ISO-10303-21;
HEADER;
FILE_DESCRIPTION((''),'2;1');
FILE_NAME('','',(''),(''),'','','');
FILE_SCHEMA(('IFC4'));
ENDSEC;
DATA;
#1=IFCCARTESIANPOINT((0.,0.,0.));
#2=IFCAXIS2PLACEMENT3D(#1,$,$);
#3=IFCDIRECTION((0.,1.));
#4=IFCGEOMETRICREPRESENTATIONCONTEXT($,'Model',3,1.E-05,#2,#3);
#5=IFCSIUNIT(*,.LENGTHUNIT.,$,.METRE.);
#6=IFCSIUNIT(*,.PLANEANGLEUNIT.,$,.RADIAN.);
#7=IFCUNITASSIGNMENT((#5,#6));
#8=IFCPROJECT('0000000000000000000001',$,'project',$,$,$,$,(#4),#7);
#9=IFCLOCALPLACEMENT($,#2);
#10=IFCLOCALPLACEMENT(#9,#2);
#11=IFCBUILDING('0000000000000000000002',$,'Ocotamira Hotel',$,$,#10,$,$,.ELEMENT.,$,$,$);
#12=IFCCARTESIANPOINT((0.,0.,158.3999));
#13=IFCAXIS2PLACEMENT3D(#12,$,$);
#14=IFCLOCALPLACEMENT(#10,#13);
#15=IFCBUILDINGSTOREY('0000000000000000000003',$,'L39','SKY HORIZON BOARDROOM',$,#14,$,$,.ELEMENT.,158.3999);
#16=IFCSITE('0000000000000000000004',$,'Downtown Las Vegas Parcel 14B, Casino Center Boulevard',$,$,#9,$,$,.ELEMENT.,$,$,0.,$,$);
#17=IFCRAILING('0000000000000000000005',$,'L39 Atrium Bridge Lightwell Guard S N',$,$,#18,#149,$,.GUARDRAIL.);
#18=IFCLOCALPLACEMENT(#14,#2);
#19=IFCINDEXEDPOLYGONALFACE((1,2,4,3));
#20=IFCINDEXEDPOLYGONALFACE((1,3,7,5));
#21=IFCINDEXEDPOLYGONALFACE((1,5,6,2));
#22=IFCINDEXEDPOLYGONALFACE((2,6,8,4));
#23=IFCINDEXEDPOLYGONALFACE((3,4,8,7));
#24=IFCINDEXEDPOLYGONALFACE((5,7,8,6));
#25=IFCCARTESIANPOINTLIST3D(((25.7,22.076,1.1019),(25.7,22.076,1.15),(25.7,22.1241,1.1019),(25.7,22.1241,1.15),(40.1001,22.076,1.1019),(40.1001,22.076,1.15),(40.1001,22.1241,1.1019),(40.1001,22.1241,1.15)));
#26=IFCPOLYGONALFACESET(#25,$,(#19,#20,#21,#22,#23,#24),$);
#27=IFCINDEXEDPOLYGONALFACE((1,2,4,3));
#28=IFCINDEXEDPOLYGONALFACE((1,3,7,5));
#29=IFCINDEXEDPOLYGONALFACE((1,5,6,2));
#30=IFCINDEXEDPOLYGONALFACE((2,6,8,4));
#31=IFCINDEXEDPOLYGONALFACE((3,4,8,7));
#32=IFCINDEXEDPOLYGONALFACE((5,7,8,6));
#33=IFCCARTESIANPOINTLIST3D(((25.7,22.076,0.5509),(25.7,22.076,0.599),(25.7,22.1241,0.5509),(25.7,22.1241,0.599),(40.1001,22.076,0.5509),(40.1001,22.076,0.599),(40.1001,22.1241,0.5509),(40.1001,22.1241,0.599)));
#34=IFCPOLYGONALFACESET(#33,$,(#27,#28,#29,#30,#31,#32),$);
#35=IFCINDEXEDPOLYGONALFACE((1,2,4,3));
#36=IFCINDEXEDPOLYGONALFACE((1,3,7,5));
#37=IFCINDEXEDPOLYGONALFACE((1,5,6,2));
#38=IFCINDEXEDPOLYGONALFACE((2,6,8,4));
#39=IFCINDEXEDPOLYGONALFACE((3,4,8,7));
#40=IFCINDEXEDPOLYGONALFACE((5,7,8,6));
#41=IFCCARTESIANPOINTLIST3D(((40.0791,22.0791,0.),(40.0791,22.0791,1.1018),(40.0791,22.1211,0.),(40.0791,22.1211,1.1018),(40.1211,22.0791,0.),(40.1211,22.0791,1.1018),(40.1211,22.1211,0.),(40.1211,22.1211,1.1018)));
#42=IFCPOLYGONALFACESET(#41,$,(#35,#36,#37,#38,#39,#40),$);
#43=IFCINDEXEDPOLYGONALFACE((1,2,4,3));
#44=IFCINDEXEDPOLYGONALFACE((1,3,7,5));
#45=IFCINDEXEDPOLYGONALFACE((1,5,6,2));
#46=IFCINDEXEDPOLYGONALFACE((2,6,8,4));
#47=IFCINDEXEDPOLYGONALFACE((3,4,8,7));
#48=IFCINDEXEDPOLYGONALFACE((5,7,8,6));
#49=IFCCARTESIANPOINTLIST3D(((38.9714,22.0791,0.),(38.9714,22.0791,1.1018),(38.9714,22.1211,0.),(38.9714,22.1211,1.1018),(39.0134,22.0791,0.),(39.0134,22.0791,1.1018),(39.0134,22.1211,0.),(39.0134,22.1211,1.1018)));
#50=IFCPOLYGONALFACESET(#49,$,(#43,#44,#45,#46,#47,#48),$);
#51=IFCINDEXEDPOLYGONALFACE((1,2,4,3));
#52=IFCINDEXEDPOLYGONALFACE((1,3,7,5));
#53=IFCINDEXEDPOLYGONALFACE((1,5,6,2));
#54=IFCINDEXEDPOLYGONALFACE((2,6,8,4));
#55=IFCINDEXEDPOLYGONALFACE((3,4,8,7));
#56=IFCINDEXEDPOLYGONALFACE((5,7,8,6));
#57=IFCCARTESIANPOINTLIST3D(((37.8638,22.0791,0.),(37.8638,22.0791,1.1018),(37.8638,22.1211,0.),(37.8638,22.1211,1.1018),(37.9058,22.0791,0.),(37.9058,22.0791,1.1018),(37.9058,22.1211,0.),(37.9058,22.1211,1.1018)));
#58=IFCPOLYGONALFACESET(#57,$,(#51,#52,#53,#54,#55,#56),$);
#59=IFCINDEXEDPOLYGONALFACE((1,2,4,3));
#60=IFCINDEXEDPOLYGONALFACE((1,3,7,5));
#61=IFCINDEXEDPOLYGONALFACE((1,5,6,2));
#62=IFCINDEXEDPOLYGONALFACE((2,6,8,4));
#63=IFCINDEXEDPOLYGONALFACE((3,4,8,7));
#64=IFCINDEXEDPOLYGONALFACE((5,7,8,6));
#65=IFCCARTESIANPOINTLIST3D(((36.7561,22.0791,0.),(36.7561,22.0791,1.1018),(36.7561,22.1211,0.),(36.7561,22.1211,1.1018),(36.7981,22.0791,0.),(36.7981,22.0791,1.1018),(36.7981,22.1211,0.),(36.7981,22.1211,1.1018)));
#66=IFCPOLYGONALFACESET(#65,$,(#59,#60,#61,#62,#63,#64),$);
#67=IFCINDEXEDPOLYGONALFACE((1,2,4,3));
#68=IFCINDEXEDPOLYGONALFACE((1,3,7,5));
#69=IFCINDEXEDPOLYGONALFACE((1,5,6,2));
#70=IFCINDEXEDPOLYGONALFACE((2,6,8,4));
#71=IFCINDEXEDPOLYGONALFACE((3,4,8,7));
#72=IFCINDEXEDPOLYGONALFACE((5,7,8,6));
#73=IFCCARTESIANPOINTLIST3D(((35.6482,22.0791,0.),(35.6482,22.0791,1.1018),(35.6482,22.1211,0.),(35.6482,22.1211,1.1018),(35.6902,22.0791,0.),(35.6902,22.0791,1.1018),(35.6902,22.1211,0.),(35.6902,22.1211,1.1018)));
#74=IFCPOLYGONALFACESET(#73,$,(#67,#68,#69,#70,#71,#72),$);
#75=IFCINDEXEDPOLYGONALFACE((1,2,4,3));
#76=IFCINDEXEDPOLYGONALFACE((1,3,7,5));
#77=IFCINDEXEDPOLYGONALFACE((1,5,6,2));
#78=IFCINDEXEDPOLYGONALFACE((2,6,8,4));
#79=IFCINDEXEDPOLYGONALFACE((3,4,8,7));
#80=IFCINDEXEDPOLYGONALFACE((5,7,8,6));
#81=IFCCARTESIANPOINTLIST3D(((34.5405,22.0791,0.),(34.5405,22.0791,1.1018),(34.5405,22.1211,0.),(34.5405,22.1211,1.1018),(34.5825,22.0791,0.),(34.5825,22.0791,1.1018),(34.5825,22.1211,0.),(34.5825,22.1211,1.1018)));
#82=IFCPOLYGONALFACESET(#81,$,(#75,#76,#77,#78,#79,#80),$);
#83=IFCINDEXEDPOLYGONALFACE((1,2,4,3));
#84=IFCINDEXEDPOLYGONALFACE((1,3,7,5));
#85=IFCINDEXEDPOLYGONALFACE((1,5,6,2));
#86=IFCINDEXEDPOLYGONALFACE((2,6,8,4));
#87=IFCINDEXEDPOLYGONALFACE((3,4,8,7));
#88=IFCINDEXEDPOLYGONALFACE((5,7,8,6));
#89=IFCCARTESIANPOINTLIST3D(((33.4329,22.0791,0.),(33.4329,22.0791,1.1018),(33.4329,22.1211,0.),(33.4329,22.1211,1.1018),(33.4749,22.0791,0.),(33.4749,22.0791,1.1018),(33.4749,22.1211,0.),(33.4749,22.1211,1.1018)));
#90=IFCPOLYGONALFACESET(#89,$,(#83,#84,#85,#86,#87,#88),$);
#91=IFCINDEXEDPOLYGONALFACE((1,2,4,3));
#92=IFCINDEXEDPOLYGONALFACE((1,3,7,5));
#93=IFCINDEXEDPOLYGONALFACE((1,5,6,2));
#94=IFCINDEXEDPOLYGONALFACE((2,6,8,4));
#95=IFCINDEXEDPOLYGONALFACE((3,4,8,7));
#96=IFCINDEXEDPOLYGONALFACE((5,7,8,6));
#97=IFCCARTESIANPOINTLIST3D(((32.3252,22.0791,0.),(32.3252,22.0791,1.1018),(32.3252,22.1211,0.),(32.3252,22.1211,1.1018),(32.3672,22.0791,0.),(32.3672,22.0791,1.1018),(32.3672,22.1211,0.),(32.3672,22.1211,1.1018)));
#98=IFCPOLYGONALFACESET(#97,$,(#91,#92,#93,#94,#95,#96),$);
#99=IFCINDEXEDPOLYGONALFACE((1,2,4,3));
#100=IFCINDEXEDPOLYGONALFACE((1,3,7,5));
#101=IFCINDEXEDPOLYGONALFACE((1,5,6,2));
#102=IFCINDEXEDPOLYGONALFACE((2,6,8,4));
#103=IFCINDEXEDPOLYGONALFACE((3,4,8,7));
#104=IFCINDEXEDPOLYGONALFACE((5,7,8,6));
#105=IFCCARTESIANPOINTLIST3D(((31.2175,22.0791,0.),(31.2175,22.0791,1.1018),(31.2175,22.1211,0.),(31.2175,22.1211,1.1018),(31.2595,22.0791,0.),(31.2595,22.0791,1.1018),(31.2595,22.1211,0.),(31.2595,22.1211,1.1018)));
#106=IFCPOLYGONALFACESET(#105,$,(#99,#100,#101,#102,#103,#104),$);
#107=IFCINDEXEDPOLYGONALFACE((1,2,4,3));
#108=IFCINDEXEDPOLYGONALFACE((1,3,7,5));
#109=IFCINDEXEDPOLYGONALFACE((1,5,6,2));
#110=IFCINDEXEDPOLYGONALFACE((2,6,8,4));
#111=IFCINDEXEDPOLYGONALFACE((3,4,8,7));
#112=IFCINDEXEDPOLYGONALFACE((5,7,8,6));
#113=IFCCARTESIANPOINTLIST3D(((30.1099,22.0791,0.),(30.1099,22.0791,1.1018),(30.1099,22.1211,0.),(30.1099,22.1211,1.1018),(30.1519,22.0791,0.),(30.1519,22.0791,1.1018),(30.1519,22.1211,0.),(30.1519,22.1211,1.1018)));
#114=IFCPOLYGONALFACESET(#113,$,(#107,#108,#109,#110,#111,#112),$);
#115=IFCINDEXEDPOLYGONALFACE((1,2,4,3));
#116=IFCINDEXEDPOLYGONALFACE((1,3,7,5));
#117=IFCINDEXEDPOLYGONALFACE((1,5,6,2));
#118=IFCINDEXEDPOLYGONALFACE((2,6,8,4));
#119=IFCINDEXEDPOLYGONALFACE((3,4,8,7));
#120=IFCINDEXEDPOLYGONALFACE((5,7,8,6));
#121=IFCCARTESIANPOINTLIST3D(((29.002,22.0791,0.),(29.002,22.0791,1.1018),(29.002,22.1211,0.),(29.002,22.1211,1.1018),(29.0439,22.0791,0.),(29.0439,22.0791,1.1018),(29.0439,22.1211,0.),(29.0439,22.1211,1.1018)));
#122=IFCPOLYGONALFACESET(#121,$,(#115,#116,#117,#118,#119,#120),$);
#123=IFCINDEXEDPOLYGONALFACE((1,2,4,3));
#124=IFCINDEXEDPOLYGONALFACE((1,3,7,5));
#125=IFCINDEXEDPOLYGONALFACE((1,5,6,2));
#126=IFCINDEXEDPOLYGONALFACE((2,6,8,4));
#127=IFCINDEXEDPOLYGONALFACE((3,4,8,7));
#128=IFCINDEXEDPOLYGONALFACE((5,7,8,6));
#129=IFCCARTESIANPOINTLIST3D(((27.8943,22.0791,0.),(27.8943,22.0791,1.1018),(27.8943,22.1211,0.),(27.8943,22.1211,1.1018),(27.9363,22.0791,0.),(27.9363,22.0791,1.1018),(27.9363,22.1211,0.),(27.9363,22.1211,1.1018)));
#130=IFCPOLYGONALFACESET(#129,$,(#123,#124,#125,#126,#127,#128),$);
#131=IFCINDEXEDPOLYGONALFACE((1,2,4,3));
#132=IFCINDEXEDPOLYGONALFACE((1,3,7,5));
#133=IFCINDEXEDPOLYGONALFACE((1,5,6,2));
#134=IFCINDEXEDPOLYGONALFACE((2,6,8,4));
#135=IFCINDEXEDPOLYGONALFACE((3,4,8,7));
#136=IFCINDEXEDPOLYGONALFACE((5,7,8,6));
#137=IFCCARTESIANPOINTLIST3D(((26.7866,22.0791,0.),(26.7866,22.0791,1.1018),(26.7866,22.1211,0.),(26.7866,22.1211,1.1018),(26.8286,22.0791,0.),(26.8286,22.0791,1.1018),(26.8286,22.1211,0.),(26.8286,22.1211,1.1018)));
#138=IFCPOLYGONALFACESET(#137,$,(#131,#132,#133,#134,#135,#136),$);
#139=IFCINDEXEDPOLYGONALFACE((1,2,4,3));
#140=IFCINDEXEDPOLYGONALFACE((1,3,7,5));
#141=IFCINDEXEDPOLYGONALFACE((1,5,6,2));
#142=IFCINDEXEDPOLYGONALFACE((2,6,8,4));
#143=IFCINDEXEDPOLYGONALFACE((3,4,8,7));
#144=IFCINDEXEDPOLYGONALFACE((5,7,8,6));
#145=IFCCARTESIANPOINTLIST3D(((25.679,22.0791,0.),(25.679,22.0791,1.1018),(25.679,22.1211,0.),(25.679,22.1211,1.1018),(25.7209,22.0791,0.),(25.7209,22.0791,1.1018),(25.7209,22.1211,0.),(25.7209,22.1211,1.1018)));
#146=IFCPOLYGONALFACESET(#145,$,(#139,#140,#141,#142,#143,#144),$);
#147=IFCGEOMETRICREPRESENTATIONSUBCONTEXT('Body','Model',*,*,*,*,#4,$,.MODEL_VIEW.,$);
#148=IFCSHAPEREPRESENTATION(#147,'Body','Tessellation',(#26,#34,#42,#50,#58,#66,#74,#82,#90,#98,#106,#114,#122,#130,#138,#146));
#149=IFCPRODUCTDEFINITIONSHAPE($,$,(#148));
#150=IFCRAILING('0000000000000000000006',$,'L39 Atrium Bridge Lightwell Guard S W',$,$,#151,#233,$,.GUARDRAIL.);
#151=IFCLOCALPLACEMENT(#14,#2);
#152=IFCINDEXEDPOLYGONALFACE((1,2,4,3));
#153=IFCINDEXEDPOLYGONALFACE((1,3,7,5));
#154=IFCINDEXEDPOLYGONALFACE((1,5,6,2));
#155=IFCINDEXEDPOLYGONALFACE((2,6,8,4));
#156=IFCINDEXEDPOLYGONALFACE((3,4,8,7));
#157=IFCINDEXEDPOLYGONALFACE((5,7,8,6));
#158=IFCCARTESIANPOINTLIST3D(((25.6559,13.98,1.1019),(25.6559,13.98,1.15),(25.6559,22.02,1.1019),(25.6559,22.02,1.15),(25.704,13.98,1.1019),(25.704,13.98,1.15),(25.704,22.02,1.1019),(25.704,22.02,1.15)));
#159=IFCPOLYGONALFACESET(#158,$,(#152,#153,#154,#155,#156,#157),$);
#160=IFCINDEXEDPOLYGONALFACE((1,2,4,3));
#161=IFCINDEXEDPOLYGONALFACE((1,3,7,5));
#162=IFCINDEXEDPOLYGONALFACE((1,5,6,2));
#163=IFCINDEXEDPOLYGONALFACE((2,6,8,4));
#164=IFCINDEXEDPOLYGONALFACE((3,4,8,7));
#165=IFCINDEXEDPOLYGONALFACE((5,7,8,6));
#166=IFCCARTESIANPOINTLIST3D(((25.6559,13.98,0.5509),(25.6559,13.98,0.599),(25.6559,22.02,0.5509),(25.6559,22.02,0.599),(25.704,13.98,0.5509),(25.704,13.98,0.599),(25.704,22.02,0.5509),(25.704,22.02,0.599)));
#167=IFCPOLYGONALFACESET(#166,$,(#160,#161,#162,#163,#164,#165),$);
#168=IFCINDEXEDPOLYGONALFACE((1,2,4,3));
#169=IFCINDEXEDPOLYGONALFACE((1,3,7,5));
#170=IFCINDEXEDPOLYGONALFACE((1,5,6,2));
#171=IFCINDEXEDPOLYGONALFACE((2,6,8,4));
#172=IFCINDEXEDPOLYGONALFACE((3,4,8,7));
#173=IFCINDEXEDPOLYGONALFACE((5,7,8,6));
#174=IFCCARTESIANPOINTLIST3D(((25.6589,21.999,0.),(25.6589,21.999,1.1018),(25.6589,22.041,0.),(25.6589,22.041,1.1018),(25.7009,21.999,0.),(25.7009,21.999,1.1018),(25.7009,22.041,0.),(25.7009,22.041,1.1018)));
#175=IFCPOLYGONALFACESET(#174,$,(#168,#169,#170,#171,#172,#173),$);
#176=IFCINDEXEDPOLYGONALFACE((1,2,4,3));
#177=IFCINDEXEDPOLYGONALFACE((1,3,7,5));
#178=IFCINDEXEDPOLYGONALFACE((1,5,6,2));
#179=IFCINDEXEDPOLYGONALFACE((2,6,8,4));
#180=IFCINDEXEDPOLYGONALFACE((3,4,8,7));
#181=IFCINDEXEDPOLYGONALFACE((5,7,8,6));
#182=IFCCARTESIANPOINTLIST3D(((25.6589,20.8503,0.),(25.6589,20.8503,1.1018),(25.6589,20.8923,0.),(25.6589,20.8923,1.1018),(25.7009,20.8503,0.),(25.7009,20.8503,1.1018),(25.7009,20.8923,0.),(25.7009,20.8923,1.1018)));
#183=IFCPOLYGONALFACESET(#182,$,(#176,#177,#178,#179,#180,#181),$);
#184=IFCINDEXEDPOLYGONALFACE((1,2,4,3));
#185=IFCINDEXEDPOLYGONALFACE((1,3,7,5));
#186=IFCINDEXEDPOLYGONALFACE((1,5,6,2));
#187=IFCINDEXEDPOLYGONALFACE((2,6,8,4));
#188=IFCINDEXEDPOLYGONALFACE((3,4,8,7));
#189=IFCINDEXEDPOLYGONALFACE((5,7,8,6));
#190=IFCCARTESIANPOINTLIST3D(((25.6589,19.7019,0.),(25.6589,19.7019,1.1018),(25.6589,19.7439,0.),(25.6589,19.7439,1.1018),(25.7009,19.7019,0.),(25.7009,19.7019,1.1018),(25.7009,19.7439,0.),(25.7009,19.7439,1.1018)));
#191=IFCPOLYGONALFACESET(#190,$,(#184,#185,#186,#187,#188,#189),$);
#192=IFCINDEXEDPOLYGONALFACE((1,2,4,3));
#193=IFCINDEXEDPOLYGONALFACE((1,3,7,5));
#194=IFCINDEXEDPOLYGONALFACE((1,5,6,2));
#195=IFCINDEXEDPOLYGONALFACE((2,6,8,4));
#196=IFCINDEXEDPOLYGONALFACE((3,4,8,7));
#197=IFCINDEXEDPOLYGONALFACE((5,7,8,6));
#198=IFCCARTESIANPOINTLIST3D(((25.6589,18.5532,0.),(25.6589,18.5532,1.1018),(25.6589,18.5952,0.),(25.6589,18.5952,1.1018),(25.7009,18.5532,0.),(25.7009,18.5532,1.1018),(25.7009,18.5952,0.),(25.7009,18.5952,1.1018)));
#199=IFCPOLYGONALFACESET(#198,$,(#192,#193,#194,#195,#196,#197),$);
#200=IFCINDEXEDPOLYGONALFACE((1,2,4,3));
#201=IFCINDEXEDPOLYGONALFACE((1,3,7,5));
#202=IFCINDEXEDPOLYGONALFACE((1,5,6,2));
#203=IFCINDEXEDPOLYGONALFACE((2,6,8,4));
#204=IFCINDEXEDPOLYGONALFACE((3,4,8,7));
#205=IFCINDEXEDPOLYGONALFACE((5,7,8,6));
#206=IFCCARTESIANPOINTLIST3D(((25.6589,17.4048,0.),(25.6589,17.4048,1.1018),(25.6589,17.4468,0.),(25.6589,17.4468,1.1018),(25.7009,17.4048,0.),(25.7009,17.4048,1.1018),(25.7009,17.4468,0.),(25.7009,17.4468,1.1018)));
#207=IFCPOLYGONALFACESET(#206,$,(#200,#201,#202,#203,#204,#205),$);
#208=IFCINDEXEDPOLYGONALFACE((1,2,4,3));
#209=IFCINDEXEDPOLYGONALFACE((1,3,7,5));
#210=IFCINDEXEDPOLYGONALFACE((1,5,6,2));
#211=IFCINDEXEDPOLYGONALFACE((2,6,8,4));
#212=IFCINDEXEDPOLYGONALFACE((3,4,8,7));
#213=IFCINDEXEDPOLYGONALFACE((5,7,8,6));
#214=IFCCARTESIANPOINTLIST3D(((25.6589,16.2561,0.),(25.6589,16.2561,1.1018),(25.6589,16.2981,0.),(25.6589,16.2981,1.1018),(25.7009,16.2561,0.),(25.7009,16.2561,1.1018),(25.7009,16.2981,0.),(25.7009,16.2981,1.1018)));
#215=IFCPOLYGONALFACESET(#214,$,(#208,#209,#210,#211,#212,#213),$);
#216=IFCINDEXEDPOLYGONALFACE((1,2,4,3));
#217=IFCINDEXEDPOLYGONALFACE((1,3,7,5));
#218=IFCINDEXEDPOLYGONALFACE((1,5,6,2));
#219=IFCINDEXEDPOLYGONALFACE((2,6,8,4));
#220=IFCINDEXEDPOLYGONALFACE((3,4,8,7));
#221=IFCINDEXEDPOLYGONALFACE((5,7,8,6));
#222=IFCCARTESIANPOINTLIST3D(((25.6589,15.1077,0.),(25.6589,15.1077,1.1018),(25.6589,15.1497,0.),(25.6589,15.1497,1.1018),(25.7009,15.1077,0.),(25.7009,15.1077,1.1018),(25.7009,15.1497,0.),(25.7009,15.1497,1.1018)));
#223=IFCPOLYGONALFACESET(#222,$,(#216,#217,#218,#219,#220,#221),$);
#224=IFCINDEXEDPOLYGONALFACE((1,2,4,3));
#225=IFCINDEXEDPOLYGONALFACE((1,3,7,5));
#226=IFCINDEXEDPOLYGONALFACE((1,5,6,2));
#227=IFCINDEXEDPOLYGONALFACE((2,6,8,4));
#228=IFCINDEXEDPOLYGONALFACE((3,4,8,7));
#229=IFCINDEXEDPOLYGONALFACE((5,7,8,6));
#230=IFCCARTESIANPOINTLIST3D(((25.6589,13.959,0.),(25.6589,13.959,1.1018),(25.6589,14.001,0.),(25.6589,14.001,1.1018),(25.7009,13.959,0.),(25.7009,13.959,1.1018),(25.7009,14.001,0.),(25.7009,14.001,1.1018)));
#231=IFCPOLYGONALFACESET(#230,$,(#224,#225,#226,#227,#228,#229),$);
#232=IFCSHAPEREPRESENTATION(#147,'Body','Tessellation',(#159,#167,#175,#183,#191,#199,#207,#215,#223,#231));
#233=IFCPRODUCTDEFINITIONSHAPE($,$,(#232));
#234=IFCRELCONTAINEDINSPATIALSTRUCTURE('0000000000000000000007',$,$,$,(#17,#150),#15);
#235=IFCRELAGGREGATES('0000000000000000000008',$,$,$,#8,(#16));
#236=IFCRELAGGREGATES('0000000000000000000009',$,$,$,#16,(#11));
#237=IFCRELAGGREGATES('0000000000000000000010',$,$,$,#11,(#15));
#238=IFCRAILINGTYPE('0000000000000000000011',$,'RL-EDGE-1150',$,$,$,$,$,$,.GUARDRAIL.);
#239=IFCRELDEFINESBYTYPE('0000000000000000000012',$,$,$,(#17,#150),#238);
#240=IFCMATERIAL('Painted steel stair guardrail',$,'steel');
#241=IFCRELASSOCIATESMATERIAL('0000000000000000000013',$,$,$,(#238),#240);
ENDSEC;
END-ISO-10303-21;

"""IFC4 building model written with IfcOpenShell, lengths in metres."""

from ifc_helpers import new_model, si_unit, direction, frame, origin, origin_2d, place, context, subcontext, project, spatial, rectangle, extrude, material, type_object, element, save


model = new_model("IFC4")

# Units and contexts
model_context = context("Model", 3, precision=1e-05, world=origin(), true_north=direction((0.0, 1.0)))
body_context = subcontext(model_context, "Body", "Model", "MODEL_VIEW")
ifc_project = project(units=[si_unit("LENGTHUNIT", "METRE"), si_unit("PLANEANGLEUNIT", "RADIAN")], contexts=[model_context])

# Site, building, storey
site_placement = place(None, origin())
site = spatial("IfcSite", under=ifc_project, at=site_placement, Name="Downtown Las Vegas Parcel 14B, Casino Center Boulevard", CompositionType="ELEMENT", RefElevation=0.0)
building_placement = place(site_placement, origin())
building = spatial("IfcBuilding", under=site, at=building_placement, Name="Ocotamira Hotel", CompositionType="ELEMENT")
storey_placement = place(building_placement, frame((0.0, 0.0, 158.3999)))
storey = spatial("IfcBuildingStorey", under=building, at=storey_placement, Name="L39", Description="SKY HORIZON BOARDROOM", CompositionType="ELEMENT", Elevation=158.3999)

# Railings
ifc_material_1 = material(Name="Painted steel stair guardrail", Category="steel")
railing_type = type_object("IfcRailingType", Name="RL-EDGE-1150", PredefinedType="GUARDRAIL", material=ifc_material_1)
railing_1_placement = place(storey_placement, frame((40.1001, 22.1001, 0.0)))
element("IfcRailing", 1, at=railing_1_placement, inside=storey, type_object=railing_type, Name="L39 Atrium Bridge Lightwell Guard S N", PredefinedType="GUARDRAIL", context=body_context, shape_type="SweptSolid", body=[
    extrude(rectangle(XDim=0.0481, YDim=0.0481, at=origin_2d()), frame((0.0, 0.0, 1.126), z_axis=(-1.0, 0.0, 0.0), x_axis=(0.0, -1.0, 0.0)), (0.0, 0.0, 1.0), 14.4001),
    extrude(rectangle(XDim=0.0481, YDim=0.0481, at=origin_2d()), frame((0.0, 0.0, 0.575), z_axis=(-1.0, 0.0, 0.0), x_axis=(0.0, -1.0, 0.0)), (0.0, 0.0, 1.0), 14.4001),
    extrude(rectangle(XDim=0.042, YDim=0.042, at=origin_2d()), origin(), (0.0, 0.0, 1.0), 1.1018),
    extrude(rectangle(XDim=0.042, YDim=0.042, at=origin_2d()), frame((-1.1077, 0.0, 0.0)), (0.0, 0.0, 1.0), 1.1018),
    extrude(rectangle(XDim=0.042, YDim=0.042, at=origin_2d()), frame((-2.2153, 0.0, 0.0)), (0.0, 0.0, 1.0), 1.1018),
    extrude(rectangle(XDim=0.042, YDim=0.042, at=origin_2d()), frame((-3.323, 0.0, 0.0)), (0.0, 0.0, 1.0), 1.1018),
    extrude(rectangle(XDim=0.042, YDim=0.042, at=origin_2d()), frame((-4.4309, 0.0, 0.0)), (0.0, 0.0, 1.0), 1.1018),
    extrude(rectangle(XDim=0.042, YDim=0.042, at=origin_2d()), frame((-5.5386, 0.0, 0.0)), (0.0, 0.0, 1.0), 1.1018),
    extrude(rectangle(XDim=0.042, YDim=0.042, at=origin_2d()), frame((-6.6462, 0.0, 0.0)), (0.0, 0.0, 1.0), 1.1018),
    extrude(rectangle(XDim=0.042, YDim=0.042, at=origin_2d()), frame((-7.7539, 0.0, 0.0)), (0.0, 0.0, 1.0), 1.1018),
    extrude(rectangle(XDim=0.042, YDim=0.042, at=origin_2d()), frame((-8.8616, 0.0, 0.0)), (0.0, 0.0, 1.0), 1.1018),
    extrude(rectangle(XDim=0.042, YDim=0.042, at=origin_2d()), frame((-9.9692, 0.0, 0.0)), (0.0, 0.0, 1.0), 1.1018),
    extrude(rectangle(XDim=0.042, YDim=0.042, at=origin_2d()), frame((-11.0771, 0.0, 0.0)), (0.0, 0.0, 1.0), 1.1018),
    extrude(rectangle(XDim=0.042, YDim=0.042, at=origin_2d()), frame((-12.1848, 0.0, 0.0)), (0.0, 0.0, 1.0), 1.1018),
    extrude(rectangle(XDim=0.042, YDim=0.042, at=origin_2d()), frame((-13.2925, 0.0, 0.0)), (0.0, 0.0, 1.0), 1.1018),
    extrude(rectangle(XDim=0.042, YDim=0.042, at=origin_2d()), frame((-14.4001, 0.0, 0.0)), (0.0, 0.0, 1.0), 1.1018),
])
railing_2_placement = place(storey_placement, frame((25.6799, 22.02, 0.0)))
element("IfcRailing", 2, at=railing_2_placement, inside=storey, type_object=railing_type, Name="L39 Atrium Bridge Lightwell Guard S W", PredefinedType="GUARDRAIL", context=body_context, shape_type="SweptSolid", body=[
    extrude(rectangle(XDim=0.0481, YDim=0.0481, at=origin_2d()), frame((0.0, 0.0, 1.126), z_axis=(0.0, -1.0, 0.0), x_axis=(1.0, 0.0, 0.0)), (0.0, 0.0, 1.0), 8.04),
    extrude(rectangle(XDim=0.0481, YDim=0.0481, at=origin_2d()), frame((0.0, 0.0, 0.575), z_axis=(0.0, -1.0, 0.0), x_axis=(1.0, 0.0, 0.0)), (0.0, 0.0, 1.0), 8.04),
    extrude(rectangle(XDim=0.042, YDim=0.042, at=origin_2d()), origin(), (0.0, 0.0, 1.0), 1.1018),
    extrude(rectangle(XDim=0.042, YDim=0.042, at=origin_2d()), frame((0.0, -1.1487, 0.0)), (0.0, 0.0, 1.0), 1.1018),
    extrude(rectangle(XDim=0.042, YDim=0.042, at=origin_2d()), frame((0.0, -2.2971, 0.0)), (0.0, 0.0, 1.0), 1.1018),
    extrude(rectangle(XDim=0.042, YDim=0.042, at=origin_2d()), frame((0.0, -3.4458, 0.0)), (0.0, 0.0, 1.0), 1.1018),
    extrude(rectangle(XDim=0.042, YDim=0.042, at=origin_2d()), frame((0.0, -4.5942, 0.0)), (0.0, 0.0, 1.0), 1.1018),
    extrude(rectangle(XDim=0.042, YDim=0.042, at=origin_2d()), frame((0.0, -5.7429, 0.0)), (0.0, 0.0, 1.0), 1.1018),
    extrude(rectangle(XDim=0.042, YDim=0.042, at=origin_2d()), frame((0.0, -6.8914, 0.0)), (0.0, 0.0, 1.0), 1.1018),
    extrude(rectangle(XDim=0.042, YDim=0.042, at=origin_2d()), frame((0.0, -8.04, 0.0)), (0.0, 0.0, 1.0), 1.1018),
])

save(model, "model.ifc")
